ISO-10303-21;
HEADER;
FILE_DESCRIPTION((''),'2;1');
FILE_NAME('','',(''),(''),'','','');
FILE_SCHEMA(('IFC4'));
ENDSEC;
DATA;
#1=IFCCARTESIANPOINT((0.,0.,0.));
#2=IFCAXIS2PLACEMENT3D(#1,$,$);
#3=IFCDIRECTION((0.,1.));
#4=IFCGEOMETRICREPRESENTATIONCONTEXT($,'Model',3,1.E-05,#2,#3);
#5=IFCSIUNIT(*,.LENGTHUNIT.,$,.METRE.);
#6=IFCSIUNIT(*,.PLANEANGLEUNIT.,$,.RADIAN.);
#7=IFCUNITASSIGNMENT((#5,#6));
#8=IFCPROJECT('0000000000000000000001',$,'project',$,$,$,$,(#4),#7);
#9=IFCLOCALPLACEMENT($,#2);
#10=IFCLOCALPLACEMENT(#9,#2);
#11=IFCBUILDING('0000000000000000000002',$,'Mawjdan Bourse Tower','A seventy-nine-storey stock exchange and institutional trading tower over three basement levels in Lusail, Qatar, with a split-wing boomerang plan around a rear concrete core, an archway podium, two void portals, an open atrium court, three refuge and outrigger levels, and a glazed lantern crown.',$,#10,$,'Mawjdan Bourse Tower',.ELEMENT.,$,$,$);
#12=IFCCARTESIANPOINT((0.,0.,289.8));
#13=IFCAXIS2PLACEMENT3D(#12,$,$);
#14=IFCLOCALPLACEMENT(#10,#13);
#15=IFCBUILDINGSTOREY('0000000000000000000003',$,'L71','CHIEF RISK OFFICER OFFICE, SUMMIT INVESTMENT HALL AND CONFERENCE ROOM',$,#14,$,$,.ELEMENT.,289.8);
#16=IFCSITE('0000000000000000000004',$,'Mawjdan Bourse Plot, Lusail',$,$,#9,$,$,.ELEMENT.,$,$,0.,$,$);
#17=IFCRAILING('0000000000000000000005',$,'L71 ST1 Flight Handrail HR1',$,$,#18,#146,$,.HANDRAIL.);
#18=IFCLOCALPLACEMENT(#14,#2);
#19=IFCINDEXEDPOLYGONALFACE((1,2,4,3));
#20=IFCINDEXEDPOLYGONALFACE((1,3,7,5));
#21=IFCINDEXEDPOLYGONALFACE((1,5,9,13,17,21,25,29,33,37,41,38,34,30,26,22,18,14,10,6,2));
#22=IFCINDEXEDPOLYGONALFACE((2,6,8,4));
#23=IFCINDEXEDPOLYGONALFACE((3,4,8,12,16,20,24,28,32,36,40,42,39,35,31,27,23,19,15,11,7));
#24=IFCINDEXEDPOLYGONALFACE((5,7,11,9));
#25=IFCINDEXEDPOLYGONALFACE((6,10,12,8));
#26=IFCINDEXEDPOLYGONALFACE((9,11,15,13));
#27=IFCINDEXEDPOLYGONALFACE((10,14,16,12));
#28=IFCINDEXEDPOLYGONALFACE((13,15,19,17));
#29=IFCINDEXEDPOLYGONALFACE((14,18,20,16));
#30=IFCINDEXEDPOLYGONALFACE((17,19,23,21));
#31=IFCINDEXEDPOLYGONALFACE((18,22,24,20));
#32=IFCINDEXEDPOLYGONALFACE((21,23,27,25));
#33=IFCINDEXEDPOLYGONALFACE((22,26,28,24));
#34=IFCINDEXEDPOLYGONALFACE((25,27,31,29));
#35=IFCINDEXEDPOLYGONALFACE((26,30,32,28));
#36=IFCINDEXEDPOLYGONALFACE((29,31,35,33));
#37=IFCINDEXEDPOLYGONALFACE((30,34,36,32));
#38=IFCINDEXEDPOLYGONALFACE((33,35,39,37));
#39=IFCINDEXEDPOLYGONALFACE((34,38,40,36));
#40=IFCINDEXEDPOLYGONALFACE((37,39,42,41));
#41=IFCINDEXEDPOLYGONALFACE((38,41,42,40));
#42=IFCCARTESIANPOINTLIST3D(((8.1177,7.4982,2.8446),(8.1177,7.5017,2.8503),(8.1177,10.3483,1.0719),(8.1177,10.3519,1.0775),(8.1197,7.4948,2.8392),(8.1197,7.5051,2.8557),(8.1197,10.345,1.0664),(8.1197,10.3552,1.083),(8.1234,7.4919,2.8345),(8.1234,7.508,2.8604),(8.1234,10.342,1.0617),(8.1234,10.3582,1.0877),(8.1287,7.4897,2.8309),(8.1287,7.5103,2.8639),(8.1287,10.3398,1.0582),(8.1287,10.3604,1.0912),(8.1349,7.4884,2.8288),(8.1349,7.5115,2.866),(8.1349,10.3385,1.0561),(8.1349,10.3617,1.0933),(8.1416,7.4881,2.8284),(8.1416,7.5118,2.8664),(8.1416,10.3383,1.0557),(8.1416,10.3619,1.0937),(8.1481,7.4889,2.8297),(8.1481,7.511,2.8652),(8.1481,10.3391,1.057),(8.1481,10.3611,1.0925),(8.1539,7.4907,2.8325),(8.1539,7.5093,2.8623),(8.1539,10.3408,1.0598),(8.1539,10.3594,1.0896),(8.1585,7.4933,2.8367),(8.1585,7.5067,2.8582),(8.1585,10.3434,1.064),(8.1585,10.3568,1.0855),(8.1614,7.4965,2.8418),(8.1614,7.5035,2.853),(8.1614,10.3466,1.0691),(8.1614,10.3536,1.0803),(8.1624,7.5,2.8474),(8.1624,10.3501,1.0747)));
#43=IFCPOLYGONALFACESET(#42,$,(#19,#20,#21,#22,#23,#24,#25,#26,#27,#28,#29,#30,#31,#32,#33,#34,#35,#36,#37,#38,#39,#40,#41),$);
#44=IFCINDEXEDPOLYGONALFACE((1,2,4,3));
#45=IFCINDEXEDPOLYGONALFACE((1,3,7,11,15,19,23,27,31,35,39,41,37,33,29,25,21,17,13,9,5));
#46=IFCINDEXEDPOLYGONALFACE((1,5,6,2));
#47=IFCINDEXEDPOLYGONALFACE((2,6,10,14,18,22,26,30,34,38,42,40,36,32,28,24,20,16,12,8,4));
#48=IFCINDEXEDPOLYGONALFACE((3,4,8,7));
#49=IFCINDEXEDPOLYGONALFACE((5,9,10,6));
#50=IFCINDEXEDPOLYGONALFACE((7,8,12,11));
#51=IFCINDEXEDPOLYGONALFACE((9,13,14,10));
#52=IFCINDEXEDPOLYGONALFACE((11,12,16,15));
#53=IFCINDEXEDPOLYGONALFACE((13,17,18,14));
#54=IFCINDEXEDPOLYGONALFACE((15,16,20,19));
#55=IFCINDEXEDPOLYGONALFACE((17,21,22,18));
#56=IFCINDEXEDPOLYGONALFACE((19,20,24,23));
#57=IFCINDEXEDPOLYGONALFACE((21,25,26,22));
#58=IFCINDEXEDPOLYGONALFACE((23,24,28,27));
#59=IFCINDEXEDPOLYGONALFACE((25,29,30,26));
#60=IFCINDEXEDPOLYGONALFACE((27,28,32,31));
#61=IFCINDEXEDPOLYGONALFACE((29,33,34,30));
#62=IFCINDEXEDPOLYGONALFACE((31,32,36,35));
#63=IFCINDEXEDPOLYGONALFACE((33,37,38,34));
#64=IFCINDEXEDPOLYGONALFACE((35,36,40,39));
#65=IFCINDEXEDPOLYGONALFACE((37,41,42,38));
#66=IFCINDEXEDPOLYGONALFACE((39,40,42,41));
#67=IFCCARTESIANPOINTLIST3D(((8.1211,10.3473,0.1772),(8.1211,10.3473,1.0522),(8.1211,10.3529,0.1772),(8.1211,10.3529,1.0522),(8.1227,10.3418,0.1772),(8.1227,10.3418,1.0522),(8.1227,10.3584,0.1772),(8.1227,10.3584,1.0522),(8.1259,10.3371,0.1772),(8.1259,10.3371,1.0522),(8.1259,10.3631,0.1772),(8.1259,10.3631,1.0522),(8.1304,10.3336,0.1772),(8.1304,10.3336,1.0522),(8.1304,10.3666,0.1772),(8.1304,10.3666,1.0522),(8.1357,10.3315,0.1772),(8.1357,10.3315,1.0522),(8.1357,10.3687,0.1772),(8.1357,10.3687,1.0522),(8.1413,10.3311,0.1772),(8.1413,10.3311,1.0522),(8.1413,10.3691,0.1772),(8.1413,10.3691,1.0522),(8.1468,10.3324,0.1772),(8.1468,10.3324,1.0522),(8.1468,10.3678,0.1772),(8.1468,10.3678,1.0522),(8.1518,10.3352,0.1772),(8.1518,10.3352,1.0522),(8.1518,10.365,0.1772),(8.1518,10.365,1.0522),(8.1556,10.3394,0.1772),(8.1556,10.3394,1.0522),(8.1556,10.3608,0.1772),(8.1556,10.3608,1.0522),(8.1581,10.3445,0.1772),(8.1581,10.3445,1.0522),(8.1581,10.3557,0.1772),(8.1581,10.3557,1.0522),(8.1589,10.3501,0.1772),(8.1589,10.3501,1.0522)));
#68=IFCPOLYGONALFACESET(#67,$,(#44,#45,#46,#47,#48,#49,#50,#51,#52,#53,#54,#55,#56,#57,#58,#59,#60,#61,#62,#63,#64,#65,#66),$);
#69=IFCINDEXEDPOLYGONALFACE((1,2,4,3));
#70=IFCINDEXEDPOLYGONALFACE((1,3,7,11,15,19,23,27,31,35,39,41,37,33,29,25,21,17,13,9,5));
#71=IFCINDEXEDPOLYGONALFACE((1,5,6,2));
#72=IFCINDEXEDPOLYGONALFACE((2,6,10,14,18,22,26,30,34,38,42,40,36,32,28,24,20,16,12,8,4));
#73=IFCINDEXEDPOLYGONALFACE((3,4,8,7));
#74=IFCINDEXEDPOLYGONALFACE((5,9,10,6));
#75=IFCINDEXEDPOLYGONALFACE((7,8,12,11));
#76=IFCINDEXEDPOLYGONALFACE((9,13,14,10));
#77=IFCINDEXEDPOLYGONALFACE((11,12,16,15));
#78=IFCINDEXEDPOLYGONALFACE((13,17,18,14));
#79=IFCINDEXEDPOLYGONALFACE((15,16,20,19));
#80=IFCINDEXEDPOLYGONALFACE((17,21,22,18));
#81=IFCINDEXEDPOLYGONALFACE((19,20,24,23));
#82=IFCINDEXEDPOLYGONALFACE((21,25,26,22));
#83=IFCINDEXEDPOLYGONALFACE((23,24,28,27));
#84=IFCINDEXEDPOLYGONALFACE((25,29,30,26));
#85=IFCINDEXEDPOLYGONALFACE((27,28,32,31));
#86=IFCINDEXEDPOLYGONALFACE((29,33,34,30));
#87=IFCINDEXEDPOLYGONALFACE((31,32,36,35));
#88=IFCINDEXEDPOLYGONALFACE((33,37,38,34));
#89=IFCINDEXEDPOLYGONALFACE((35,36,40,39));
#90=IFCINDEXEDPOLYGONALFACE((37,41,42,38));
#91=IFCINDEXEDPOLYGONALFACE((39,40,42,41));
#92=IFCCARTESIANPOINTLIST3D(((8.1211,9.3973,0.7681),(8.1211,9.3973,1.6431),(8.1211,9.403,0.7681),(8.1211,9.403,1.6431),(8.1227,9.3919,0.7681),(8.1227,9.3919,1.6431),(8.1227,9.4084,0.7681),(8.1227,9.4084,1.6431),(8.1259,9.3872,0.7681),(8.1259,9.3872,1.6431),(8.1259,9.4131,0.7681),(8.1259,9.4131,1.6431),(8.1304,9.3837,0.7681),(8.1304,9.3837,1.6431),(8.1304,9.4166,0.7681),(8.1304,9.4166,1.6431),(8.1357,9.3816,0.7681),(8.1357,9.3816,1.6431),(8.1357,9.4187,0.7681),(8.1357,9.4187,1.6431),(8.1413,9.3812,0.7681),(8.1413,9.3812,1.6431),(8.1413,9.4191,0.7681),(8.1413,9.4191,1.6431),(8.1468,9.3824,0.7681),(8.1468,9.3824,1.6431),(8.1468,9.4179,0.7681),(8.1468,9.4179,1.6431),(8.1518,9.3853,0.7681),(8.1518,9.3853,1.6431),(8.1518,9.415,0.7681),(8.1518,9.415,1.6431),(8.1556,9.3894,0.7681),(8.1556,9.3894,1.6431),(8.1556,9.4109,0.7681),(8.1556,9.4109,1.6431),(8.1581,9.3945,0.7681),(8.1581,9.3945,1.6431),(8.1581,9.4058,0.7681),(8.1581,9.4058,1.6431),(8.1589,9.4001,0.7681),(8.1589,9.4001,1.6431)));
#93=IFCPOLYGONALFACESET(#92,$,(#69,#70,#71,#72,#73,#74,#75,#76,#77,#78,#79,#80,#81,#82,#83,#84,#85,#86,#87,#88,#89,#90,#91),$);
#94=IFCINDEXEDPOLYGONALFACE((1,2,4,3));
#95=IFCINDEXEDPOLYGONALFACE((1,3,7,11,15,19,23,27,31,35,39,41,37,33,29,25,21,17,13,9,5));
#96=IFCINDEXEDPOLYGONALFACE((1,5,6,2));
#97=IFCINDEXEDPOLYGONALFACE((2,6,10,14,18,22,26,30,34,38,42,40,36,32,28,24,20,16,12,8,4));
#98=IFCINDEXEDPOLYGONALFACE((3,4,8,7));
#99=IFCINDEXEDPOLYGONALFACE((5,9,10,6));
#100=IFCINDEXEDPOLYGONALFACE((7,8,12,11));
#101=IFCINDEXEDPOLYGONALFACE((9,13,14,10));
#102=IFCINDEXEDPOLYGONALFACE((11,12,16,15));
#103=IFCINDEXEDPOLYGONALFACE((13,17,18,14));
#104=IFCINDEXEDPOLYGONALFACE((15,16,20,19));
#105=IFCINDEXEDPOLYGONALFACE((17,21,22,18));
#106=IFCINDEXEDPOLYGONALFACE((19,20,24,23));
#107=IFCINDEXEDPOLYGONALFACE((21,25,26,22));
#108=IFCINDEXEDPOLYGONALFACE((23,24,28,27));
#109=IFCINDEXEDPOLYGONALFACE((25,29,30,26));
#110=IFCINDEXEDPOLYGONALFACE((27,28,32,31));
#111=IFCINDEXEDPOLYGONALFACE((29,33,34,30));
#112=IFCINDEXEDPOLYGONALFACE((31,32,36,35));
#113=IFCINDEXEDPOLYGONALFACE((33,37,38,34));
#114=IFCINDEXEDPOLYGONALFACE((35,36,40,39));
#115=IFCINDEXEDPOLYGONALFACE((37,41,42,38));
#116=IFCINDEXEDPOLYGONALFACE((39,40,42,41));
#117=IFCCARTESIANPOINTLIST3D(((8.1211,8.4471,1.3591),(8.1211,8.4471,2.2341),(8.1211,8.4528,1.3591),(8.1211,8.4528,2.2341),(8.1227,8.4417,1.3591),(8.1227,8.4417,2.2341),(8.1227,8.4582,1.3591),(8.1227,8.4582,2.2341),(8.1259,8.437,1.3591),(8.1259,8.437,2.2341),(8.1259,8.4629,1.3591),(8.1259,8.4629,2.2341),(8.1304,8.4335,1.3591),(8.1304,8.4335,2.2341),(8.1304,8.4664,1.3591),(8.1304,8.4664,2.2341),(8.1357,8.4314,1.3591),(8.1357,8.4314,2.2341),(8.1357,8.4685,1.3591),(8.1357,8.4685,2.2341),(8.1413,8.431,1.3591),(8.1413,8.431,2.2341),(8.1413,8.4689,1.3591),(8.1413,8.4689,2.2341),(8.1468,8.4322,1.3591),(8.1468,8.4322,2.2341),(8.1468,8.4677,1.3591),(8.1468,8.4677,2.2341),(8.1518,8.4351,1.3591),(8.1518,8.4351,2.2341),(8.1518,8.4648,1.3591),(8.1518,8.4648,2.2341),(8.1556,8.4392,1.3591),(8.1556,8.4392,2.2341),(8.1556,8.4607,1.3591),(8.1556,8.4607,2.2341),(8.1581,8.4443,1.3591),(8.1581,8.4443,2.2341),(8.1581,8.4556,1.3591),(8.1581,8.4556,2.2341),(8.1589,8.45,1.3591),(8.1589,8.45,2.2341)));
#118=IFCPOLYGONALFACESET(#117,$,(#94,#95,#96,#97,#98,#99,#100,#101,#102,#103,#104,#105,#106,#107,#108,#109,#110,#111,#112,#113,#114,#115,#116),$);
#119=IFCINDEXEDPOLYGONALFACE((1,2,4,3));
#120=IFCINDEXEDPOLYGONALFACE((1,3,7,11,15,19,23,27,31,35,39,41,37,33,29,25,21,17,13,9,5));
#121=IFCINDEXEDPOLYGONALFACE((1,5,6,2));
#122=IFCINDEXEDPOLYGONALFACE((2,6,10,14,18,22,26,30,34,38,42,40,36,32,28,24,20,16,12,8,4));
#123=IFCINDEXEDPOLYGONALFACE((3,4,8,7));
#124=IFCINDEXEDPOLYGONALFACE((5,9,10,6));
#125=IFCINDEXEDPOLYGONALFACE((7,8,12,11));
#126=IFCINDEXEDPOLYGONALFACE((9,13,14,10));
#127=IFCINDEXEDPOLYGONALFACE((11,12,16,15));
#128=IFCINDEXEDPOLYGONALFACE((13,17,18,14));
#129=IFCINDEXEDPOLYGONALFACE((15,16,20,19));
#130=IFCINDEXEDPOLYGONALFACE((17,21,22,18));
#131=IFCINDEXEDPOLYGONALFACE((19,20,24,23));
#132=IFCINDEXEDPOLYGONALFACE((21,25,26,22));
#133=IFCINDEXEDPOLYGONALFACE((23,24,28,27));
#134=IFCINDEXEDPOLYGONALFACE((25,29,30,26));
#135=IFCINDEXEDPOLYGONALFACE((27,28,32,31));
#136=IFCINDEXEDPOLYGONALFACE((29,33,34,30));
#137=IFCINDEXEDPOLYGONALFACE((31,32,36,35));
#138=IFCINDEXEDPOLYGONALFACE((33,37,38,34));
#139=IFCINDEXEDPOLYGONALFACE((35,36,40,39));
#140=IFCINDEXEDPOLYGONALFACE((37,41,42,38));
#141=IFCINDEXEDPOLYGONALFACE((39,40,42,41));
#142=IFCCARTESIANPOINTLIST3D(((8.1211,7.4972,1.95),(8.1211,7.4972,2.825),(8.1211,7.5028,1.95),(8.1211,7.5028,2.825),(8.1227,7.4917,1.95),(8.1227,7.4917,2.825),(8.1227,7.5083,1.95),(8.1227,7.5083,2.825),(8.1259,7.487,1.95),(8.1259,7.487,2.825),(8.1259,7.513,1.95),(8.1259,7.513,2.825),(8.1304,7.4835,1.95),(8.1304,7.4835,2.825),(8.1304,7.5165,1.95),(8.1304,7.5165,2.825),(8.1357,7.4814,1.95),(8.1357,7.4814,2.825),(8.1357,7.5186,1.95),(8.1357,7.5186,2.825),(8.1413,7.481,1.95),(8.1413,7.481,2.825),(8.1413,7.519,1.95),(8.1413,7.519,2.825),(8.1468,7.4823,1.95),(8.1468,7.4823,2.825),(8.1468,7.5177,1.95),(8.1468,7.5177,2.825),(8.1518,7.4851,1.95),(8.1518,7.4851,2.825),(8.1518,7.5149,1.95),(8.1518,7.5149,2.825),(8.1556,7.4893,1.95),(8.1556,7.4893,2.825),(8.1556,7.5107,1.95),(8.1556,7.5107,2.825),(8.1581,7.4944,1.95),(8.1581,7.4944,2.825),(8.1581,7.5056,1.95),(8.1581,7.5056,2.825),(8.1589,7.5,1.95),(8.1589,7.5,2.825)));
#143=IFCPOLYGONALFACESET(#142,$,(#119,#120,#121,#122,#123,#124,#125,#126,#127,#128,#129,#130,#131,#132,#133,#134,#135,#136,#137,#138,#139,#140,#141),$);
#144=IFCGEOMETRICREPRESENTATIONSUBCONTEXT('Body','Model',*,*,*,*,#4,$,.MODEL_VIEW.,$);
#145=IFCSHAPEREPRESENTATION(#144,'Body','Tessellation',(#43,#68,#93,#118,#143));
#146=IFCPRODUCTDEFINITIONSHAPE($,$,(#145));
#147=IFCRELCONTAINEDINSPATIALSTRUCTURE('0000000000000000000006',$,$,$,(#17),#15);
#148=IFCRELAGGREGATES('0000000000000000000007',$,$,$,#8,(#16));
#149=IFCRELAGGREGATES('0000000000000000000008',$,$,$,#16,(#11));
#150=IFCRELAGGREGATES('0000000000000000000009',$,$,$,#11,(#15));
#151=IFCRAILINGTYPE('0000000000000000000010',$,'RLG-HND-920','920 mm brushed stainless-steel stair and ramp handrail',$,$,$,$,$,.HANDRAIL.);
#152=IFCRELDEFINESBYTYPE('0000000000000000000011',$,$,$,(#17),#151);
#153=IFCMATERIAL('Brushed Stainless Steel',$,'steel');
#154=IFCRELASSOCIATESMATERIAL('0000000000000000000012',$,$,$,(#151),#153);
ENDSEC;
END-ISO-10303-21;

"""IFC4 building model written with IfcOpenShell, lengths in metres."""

from ifc_helpers import new_model, si_unit, direction, frame, origin, origin_2d, place, context, subcontext, project, spatial, circle, extrude, material, type_object, element, save


model = new_model("IFC4")

# Units and contexts
model_context = context("Model", 3, precision=1e-05, world=origin(), true_north=direction((0.0, 1.0)))
body_context = subcontext(model_context, "Body", "Model", "MODEL_VIEW")
ifc_project = project(units=[si_unit("LENGTHUNIT", "METRE"), si_unit("PLANEANGLEUNIT", "RADIAN")], contexts=[model_context])

# Site, building, storey
site_placement = place(None, origin())
site = spatial("IfcSite", under=ifc_project, at=site_placement, Name="Mawjdan Bourse Plot, Lusail", CompositionType="ELEMENT", RefElevation=0.0)
building_placement = place(site_placement, origin())
building = spatial("IfcBuilding", under=site, at=building_placement, Name="Mawjdan Bourse Tower", Description="A seventy-nine-storey stock exchange and institutional trading tower over three basement levels in Lusail, Qatar, with a split-wing boomerang plan around a rear concrete core, an archway podium, two void portals, an open atrium court, three refuge and outrigger levels, and a glazed lantern crown.", LongName="Mawjdan Bourse Tower", CompositionType="ELEMENT")
storey_placement = place(building_placement, frame((0.0, 0.0, 289.8)))
storey = spatial("IfcBuildingStorey", under=building, at=storey_placement, Name="L71", Description="CHIEF RISK OFFICER OFFICE, SUMMIT INVESTMENT HALL AND CONFERENCE ROOM", CompositionType="ELEMENT", Elevation=289.8)

# Railing
ifc_material_1 = material(Name="Brushed Stainless Steel", Category="steel")
railing_type_1 = type_object("IfcRailingType", Name="RLG-HND-920", Description="920 mm brushed stainless-steel stair and ramp handrail", PredefinedType="HANDRAIL", material=ifc_material_1)
railing_1_placement = place(storey_placement, frame((8.1399, 10.3501, 0.1772)))
element("IfcRailing", 1, at=railing_1_placement, inside=storey, type_object=railing_type_1, Name="L71 ST1 Flight Handrail HR1", PredefinedType="HANDRAIL", context=body_context, shape_type="SweptSolid", body=[
    extrude(circle(Radius=0.0225, at=origin_2d()), frame((0.0, 0.0, 0.8975), z_axis=(0.0, -0.849149, 0.528154), x_axis=(1.0, 0.0, 0.0)), (0.0, 0.0, 1.0), 3.3564),
    extrude(circle(Radius=0.019, at=origin_2d()), origin(), (0.0, 0.0, 1.0), 0.875),
    extrude(circle(Radius=0.019, at=origin_2d()), frame((0.0, -0.95, 0.5908)), (0.0, 0.0, 1.0), 0.875),
    extrude(circle(Radius=0.019, at=origin_2d()), frame((0.0, -1.9001, 1.1819)), (0.0, 0.0, 1.0), 0.875),
    extrude(circle(Radius=0.019, at=origin_2d()), frame((0.0, -2.8501, 1.7727)), (0.0, 0.0, 1.0), 0.875),
])

save(model, "model.ifc")
